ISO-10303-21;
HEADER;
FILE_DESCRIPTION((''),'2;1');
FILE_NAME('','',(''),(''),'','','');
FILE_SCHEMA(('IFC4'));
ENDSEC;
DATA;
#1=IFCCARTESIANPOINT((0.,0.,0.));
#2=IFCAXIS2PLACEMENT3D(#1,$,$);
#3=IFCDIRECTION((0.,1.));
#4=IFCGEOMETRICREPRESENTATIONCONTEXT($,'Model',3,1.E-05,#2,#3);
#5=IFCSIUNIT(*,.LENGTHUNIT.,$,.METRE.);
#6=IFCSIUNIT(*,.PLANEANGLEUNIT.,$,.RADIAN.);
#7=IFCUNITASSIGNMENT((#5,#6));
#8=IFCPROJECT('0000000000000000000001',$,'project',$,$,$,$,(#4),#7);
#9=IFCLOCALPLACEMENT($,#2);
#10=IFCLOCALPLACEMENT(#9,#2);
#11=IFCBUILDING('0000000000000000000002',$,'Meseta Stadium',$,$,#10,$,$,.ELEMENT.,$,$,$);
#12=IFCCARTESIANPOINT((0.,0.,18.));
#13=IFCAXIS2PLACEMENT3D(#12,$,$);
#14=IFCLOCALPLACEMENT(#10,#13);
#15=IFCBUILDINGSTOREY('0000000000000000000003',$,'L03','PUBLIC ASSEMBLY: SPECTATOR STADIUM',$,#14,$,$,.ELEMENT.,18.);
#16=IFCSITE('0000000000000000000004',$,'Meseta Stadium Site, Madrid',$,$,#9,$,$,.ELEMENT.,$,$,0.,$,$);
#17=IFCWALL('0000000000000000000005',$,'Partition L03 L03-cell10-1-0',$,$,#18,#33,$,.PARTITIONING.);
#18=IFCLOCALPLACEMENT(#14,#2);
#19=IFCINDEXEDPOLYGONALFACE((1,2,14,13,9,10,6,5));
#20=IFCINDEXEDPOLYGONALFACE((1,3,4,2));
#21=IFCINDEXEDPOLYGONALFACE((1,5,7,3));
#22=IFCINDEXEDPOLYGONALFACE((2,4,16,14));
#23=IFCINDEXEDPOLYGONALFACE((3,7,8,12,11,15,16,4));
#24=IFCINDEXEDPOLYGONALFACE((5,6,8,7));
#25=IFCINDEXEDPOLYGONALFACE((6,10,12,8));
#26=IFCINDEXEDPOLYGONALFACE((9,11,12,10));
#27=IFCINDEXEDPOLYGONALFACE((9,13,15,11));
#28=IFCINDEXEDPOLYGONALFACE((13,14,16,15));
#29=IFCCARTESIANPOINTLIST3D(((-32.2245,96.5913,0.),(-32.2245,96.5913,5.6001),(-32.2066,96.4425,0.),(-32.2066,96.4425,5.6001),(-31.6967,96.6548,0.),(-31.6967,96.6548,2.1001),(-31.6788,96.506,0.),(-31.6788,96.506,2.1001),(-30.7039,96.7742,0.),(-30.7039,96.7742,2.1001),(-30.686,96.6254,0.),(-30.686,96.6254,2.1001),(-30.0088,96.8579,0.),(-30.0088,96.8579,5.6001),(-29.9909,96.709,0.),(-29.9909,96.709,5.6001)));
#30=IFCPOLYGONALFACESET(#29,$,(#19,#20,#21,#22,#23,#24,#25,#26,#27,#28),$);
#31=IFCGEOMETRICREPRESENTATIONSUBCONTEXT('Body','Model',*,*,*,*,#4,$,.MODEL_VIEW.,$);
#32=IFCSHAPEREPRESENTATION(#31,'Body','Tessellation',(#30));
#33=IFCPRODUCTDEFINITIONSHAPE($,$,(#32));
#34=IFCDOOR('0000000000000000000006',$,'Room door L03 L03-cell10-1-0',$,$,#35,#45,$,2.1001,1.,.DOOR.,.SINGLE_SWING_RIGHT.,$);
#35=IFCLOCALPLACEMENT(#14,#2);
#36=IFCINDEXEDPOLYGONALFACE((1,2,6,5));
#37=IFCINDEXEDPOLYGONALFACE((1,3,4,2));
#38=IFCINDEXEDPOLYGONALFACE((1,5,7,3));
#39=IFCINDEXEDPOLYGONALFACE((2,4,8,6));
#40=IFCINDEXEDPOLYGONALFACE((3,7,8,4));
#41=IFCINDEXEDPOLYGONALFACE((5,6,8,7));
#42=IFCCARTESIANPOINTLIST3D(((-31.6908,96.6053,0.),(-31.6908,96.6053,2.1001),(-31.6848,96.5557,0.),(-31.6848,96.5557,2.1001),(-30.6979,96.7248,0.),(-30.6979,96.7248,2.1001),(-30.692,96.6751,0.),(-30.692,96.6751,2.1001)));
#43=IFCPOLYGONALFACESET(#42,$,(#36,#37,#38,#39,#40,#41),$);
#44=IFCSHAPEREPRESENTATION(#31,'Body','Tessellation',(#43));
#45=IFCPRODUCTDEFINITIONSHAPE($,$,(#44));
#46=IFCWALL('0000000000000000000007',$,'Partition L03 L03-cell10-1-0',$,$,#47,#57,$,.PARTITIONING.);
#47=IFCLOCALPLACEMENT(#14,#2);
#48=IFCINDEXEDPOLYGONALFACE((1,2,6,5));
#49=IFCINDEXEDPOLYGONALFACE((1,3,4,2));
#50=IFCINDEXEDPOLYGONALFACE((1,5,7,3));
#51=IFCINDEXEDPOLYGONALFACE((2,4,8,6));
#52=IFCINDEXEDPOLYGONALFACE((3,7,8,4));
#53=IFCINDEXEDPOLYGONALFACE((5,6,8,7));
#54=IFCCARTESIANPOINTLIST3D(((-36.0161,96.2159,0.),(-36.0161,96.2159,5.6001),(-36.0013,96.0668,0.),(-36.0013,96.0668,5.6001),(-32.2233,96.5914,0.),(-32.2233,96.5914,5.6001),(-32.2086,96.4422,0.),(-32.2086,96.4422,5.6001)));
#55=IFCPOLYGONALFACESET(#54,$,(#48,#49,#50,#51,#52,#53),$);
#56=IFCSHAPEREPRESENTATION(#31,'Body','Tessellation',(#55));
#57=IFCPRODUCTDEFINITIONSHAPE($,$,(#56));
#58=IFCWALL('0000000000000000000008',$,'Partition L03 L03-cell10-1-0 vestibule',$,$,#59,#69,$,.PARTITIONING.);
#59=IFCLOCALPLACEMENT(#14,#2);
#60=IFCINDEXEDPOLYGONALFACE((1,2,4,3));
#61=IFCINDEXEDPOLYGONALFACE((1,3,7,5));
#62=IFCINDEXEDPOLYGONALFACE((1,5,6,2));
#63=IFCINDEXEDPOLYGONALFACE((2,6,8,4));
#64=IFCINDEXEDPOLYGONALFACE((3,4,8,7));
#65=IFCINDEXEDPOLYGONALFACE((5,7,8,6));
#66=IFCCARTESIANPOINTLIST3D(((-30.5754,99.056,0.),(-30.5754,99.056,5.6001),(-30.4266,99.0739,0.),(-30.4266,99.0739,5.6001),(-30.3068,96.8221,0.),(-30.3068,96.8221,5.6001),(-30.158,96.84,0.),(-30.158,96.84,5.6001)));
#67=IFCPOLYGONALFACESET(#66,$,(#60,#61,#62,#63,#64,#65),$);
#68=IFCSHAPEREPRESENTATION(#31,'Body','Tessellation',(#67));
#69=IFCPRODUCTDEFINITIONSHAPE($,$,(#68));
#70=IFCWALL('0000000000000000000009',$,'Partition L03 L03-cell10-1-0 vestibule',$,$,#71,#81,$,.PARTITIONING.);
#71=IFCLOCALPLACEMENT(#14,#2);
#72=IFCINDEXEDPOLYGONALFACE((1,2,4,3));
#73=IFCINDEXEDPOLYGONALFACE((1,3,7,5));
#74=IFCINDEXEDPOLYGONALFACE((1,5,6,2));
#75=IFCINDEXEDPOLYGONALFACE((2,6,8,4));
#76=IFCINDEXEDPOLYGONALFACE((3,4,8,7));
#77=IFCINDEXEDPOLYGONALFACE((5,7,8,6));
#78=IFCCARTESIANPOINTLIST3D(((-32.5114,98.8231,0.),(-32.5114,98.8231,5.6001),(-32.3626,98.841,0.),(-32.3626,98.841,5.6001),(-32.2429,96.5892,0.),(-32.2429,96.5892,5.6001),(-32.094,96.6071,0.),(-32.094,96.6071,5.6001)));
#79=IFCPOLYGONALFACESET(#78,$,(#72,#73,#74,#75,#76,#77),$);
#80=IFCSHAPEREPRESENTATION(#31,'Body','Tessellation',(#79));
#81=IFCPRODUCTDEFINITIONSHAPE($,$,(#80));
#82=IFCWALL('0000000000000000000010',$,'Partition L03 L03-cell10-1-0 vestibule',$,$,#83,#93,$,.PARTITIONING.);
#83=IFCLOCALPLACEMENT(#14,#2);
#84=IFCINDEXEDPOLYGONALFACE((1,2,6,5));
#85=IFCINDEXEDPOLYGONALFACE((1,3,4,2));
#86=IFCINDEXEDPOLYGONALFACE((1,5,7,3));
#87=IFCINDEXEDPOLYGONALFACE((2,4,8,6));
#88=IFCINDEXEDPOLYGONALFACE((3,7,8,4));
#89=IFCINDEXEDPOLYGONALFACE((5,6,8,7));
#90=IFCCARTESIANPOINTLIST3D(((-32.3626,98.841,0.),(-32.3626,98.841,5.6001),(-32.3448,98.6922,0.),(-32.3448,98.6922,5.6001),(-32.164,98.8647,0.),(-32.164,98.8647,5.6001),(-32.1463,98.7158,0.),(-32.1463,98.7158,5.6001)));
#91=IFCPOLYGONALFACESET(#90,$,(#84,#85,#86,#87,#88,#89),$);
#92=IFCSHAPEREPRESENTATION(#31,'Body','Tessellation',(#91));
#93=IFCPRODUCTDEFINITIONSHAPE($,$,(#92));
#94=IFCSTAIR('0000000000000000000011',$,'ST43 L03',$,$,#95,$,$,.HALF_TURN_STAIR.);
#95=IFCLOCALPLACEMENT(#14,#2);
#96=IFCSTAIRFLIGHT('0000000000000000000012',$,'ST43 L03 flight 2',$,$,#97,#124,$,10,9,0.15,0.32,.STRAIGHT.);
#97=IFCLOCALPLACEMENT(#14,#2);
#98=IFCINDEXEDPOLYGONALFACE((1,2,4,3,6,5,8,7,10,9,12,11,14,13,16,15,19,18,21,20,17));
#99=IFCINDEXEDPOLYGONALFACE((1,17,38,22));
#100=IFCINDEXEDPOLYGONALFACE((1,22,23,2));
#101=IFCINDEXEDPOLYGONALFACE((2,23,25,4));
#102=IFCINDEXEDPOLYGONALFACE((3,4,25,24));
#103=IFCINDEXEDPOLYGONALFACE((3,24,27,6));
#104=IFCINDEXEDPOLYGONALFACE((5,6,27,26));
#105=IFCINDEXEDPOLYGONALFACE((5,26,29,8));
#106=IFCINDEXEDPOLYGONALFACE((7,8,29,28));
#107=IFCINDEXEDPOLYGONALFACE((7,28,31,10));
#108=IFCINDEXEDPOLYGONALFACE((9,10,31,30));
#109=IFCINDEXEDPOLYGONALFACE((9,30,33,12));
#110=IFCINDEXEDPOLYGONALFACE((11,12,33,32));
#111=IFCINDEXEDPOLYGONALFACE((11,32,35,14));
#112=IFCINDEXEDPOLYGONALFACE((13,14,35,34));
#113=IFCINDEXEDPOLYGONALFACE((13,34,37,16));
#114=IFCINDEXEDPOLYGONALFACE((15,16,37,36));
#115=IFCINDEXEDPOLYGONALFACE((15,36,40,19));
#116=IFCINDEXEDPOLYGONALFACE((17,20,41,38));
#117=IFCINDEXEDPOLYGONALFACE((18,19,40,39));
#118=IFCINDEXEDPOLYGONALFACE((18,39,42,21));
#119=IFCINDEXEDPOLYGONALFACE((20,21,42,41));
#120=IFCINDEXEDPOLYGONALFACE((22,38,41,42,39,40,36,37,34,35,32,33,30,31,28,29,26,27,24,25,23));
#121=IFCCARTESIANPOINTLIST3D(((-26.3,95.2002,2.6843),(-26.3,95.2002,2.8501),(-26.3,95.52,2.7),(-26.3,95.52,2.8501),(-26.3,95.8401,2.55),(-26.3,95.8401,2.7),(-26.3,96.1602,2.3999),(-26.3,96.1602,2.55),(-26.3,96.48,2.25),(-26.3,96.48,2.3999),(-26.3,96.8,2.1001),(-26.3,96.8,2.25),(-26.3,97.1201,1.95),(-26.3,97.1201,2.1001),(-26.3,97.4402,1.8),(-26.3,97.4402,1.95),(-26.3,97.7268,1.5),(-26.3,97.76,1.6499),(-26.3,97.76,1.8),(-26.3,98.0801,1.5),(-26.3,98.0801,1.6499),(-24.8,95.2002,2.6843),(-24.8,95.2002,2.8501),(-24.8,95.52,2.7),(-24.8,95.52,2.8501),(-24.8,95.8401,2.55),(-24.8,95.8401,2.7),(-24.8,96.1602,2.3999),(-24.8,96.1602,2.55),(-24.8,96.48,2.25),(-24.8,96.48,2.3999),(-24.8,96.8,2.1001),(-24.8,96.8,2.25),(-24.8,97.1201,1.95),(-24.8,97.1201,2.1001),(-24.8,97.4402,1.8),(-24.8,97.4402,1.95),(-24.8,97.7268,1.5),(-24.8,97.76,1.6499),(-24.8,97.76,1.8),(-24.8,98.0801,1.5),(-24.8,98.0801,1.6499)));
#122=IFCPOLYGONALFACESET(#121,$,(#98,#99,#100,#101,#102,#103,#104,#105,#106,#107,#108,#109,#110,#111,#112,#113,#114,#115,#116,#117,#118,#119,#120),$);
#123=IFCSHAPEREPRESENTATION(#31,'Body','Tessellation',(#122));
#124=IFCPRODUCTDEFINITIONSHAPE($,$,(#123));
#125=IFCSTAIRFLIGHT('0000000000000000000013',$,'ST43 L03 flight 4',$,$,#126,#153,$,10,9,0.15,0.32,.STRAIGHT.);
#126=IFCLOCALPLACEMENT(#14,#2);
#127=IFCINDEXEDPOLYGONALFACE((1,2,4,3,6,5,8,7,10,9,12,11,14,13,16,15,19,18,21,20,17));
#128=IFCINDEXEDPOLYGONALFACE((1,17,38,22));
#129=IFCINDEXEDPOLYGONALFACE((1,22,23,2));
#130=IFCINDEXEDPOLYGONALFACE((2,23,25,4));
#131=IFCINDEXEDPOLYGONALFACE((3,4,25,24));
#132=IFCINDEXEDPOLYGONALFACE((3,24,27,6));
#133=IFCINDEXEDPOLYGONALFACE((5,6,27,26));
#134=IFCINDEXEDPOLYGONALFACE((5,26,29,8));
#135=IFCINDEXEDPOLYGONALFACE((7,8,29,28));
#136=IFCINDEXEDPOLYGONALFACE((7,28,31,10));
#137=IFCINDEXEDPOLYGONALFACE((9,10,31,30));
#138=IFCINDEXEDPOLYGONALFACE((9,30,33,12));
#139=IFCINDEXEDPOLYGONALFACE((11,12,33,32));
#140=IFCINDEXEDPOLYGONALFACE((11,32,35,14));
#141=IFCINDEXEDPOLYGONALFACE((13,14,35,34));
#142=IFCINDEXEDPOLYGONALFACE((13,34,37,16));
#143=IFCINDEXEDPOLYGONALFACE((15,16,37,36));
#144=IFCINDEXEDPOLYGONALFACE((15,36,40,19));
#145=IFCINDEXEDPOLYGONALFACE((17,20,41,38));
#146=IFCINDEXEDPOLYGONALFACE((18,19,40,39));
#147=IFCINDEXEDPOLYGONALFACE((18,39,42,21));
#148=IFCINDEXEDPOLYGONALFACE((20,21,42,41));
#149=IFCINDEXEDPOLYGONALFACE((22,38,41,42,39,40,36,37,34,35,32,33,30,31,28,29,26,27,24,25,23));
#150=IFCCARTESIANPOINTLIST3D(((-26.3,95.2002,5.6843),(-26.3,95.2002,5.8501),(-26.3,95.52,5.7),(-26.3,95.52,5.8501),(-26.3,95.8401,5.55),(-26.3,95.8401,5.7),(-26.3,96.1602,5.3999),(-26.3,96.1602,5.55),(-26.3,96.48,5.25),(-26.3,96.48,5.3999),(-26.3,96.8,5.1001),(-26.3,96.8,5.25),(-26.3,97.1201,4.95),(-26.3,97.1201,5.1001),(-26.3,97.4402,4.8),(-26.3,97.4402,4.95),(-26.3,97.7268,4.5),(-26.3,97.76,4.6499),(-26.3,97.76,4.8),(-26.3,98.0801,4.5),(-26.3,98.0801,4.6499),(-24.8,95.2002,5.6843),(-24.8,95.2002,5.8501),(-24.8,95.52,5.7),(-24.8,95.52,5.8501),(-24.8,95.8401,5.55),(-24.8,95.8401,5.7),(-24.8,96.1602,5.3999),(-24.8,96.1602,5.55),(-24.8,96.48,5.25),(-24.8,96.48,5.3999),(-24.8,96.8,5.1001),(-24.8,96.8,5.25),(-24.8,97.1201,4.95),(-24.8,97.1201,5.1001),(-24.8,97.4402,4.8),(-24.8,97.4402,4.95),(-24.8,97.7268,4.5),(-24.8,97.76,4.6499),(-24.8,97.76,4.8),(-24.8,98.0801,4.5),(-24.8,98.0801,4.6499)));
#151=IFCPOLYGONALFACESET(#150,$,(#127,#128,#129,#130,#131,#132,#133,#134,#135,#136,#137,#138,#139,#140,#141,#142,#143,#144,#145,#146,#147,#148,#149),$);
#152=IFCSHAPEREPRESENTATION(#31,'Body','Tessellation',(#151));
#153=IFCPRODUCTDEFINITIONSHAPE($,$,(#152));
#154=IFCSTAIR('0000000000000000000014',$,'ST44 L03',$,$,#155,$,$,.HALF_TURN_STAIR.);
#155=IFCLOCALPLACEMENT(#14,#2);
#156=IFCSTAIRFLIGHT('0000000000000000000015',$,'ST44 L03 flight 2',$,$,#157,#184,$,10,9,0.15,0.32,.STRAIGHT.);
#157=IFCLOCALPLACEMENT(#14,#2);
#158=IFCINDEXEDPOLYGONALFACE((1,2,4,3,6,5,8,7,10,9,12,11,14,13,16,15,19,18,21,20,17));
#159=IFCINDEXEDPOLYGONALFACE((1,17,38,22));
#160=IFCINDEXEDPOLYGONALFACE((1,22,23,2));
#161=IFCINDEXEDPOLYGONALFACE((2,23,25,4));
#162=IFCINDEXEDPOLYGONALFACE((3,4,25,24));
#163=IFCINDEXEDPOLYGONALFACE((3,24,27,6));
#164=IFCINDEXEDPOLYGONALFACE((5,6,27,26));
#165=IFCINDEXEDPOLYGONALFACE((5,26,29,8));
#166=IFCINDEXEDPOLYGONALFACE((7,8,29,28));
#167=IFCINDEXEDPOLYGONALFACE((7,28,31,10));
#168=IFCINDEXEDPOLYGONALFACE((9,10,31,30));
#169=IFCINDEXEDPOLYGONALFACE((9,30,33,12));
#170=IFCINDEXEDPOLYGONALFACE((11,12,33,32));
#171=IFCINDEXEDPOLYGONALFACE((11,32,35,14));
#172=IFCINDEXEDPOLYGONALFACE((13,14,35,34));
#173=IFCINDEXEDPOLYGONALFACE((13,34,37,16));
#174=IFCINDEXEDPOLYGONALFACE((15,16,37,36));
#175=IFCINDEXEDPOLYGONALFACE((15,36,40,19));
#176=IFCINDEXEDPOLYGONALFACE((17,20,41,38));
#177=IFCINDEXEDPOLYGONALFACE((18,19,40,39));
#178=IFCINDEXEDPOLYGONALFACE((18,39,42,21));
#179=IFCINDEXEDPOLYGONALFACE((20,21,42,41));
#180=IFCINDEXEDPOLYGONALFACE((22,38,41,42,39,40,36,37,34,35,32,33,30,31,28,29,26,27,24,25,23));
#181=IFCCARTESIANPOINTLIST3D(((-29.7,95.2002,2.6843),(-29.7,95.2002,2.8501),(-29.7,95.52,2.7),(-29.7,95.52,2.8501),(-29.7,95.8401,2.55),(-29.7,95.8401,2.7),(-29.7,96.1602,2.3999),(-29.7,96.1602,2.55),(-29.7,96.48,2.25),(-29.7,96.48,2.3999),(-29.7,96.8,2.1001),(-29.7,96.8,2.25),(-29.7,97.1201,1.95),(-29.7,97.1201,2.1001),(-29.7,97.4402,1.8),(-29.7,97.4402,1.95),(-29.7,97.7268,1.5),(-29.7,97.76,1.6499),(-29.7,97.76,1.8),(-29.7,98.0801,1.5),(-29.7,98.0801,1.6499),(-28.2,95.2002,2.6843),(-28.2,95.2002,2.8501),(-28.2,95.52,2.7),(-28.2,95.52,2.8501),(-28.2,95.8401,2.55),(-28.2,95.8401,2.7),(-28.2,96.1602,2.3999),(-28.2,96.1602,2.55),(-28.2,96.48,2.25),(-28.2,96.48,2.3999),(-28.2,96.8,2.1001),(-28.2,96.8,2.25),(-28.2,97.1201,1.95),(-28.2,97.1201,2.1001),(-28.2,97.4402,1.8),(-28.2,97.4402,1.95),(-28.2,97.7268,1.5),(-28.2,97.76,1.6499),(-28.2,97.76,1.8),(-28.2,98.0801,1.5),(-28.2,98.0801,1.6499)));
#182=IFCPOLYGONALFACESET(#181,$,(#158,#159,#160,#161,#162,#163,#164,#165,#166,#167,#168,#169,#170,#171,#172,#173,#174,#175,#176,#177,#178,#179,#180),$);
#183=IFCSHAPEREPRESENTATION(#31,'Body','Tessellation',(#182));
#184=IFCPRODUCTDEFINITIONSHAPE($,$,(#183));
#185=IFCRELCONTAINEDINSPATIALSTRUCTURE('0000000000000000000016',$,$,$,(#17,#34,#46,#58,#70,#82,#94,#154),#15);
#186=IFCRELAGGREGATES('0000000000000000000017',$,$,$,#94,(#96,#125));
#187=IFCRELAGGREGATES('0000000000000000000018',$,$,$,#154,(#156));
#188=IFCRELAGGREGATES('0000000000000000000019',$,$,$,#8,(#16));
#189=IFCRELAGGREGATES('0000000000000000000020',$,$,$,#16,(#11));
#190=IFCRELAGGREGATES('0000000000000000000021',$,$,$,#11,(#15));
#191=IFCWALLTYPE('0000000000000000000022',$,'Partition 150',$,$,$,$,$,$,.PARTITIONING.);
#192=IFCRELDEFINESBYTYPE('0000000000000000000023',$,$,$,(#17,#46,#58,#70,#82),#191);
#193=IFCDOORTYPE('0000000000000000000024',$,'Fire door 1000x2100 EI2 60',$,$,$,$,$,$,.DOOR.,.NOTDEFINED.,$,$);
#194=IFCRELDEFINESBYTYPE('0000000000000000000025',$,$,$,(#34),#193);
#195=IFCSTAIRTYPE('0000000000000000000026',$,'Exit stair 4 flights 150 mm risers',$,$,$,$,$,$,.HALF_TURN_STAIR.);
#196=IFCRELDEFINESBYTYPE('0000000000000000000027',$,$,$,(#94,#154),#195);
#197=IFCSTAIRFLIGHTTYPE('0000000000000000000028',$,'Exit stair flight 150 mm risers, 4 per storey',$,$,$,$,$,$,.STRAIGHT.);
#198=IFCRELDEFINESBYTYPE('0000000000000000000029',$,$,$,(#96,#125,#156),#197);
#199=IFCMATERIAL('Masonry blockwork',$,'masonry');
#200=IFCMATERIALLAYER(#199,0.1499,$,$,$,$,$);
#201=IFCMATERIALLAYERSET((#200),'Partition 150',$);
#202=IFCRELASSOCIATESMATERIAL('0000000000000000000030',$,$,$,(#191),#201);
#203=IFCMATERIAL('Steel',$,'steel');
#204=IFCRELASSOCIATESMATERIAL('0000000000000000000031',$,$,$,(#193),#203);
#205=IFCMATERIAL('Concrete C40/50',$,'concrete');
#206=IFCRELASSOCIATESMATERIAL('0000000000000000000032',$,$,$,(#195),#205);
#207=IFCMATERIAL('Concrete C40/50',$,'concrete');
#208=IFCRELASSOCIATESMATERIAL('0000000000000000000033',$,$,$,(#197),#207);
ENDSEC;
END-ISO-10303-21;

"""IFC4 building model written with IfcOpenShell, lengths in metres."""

from ifc_helpers import new_model, si_unit, direction, frame, frame_2d, origin, place, context, subcontext, project, spatial, polyline, rectangle, outline, extrude, material, layer, layer_set, type_object, element, fill, aggregate, save


model = new_model("IFC4")

# Units and contexts
model_context = context("Model", 3, precision=1e-05, world=origin(), true_north=direction((0.0, 1.0)))
body_context = subcontext(model_context, "Body", "Model", "MODEL_VIEW")
ifc_project = project(units=[si_unit("LENGTHUNIT", "METRE"), si_unit("PLANEANGLEUNIT", "RADIAN")], contexts=[model_context])

# Site, building, storey
site_placement = place(None, origin())
site = spatial("IfcSite", under=ifc_project, at=site_placement, Name="Meseta Stadium Site, Madrid", CompositionType="ELEMENT", RefElevation=0.0)
building_placement = place(site_placement, origin())
building = spatial("IfcBuilding", under=site, at=building_placement, Name="Meseta Stadium", CompositionType="ELEMENT")
storey_placement = place(building_placement, frame((0.0, 0.0, 18.0)))
storey = spatial("IfcBuildingStorey", under=building, at=storey_placement, Name="L03", Description="PUBLIC ASSEMBLY: SPECTATOR STADIUM", CompositionType="ELEMENT", Elevation=18.0)

# Wall, opening, door
ifc_material_1 = material(Name="Masonry blockwork", Category="masonry")
ifc_layer = layer(ifc_material_1, 0.1499)
ifc_layer_set = layer_set([ifc_layer], Name="Partition 150")
wall_type = type_object("IfcWallType", Name="Partition 150", PredefinedType="PARTITIONING", material=ifc_layer_set)
wall_1_placement = place(storey_placement, frame((-30.0, 96.7834, 0.0), z_axis=(0.0, 0.0, 1.0), x_axis=(-0.99284, -0.119456, 0.0)))
wall_1 = element("IfcWall", 1, at=wall_1_placement, inside=storey, type_object=wall_type, Name="Partition L03 L03-cell10-1-0", PredefinedType="PARTITIONING", context=body_context, shape_type="SweptSolid", body=[
    extrude(rectangle(XDim=2.2317, YDim=0.1499, at=frame_2d((1.1157, 0.0))), origin(), (0.0, 0.0, 1.0), 5.6001),
])
opening_placement = place(wall_1_placement, frame((0.7, 0.0, 0.0)))
opening = element("IfcOpeningElement", 2, at=opening_placement, cuts=wall_1, PredefinedType="OPENING", context=body_context, shape_type="SweptSolid", body=[
    extrude(rectangle(XDim=1.0, YDim=2.1001, at=frame_2d((0.5, 1.05))), frame((0.0, 0.085, 0.0), z_axis=(0.0, -1.0, 0.0), x_axis=(1.0, 0.0, 0.0)), (0.0, 0.0, 1.0), 0.1699),
])
ifc_material_2 = material(Name="Steel", Category="steel")
door_type = type_object("IfcDoorType", Name="Fire door 1000x2100 EI2 60", OperationType="NOTDEFINED", PredefinedType="DOOR", material=ifc_material_2)
door_placement = place(opening_placement, origin())
door = element("IfcDoor", 3, at=door_placement, inside=storey, type_object=door_type, Name="Room door L03 L03-cell10-1-0", OperationType="SINGLE_SWING_RIGHT", OverallHeight=2.1001, OverallWidth=1.0, PredefinedType="DOOR", context=body_context, shape_type="SweptSolid", body=[
    extrude(rectangle(XDim=1.0, YDim=2.1001, at=frame_2d((0.5, 1.05))), frame((0.0, 0.0249, 0.0), z_axis=(0.0, -1.0, 0.0), x_axis=(1.0, 0.0, 0.0)), (0.0, 0.0, 1.0), 0.05),
])
fill(opening, door)

# Walls
wall_2_placement = place(storey_placement, frame((-32.2158, 96.5168, 0.0), z_axis=(0.0, 0.0, 1.0), x_axis=(-0.995135, -0.098521, 0.0)))
element("IfcWall", 4, at=wall_2_placement, inside=storey, type_object=wall_type, Name="Partition L03 L03-cell10-1-0", PredefinedType="PARTITIONING", context=body_context, shape_type="SweptSolid", body=[
    extrude(rectangle(XDim=3.8113, YDim=0.1499, at=frame_2d((1.9058, 0.0))), origin(), (0.0, 0.0, 1.0), 5.6001),
])
for number, where, z_axis, x_axis, name in (
    (5, (-30.2324, 96.8311, 0.0), (0.0, 0.0, 1.0), (-0.119359, 0.992851, 0.0), "Partition L03 L03-cell10-1-0 vestibule"),
    (6, (-32.1685, 96.5981, 0.0), (0.0, 0.0, 1.0), (-0.119359, 0.992851, 0.0), "Partition L03 L03-cell10-1-0 vestibule"),
):
    element("IfcWall", number, at=place(storey_placement, frame(where, z_axis=z_axis, x_axis=x_axis)), inside=storey, type_object=wall_type, Name=name, PredefinedType="PARTITIONING", context=body_context, shape_type="SweptSolid", body=[
        extrude(rectangle(XDim=2.25, YDim=0.1499, at=frame_2d((1.125, 0.0))), origin(), (0.0, 0.0, 1.0), 5.6001),
    ])
wall_3_placement = place(storey_placement, frame((-32.155, 98.7903, 0.0), z_axis=(0.0, 0.0, 1.0), x_axis=(-0.992958, -0.118471, 0.0)))
element("IfcWall", 7, at=wall_3_placement, inside=storey, type_object=wall_type, Name="Partition L03 L03-cell10-1-0 vestibule", PredefinedType="PARTITIONING", context=body_context, shape_type="SweptSolid", body=[
    extrude(rectangle(XDim=0.2, YDim=0.1499, at=frame_2d((0.1001, 0.0))), origin(), (0.0, 0.0, 1.0), 5.6001),
])

# Stairs, stair flights
ifc_material_3 = material(Name="Concrete C40/50", Category="concrete")
stair_type = type_object("IfcStairType", Name="Exit stair 4 flights 150 mm risers", PredefinedType="HALF_TURN_STAIR", material=ifc_material_3)
stair_1_placement = place(storey_placement, origin())
stair_1 = element("IfcStair", 8, at=stair_1_placement, inside=storey, type_object=stair_type, Name="ST43 L03", PredefinedType="HALF_TURN_STAIR")
ifc_material_4 = material(Name="Concrete C40/50", Category="concrete")
stair_flight_type = type_object("IfcStairFlightType", Name="Exit stair flight 150 mm risers, 4 per storey", PredefinedType="STRAIGHT", material=ifc_material_4)
stair_flight_1_placement = place(storey_placement, frame((-25.55, 98.0801, 1.5), z_axis=(0.0, 0.0, 1.0), x_axis=(0.0, -1.0, 0.0)))
stair_flight_1 = element("IfcStairFlight", 9, at=stair_flight_1_placement, type_object=stair_flight_type, Name="ST43 L03 flight 2", NumberOfRisers=10, NumberOfTreads=9, PredefinedType="STRAIGHT", RiserHeight=0.15, TreadLength=0.32, context=body_context, shape_type="SweptSolid", body=[
    extrude(outline(polyline([(0.0, 0.0), (0.0, 0.1499), (0.3201, 0.1499), (0.3201, 0.3), (0.6399, 0.3), (0.6399, 0.45), (0.96, 0.45), (0.96, 0.6001), (1.28, 0.6001), (1.28, 0.75), (1.6001, 0.75), (1.6001, 0.8999), (1.9199, 0.8999), (1.9199, 1.05), (2.24, 1.05), (2.24, 1.2), (2.5601, 1.2), (2.5601, 1.3501), (2.8799, 1.3501), (2.8799, 1.1843), (0.3533, 0.0), (0.0, 0.0)])), frame((0.0, 0.75, 0.0), z_axis=(0.0, -1.0, 0.0), x_axis=(1.0, 0.0, 0.0)), (0.0, 0.0, 1.0), 1.5),
])
stair_flight_2_placement = place(storey_placement, frame((-25.55, 98.0801, 4.5), z_axis=(0.0, 0.0, 1.0), x_axis=(0.0, -1.0, 0.0)))
stair_flight_2 = element("IfcStairFlight", 10, at=stair_flight_2_placement, type_object=stair_flight_type, Name="ST43 L03 flight 4", NumberOfRisers=10, NumberOfTreads=9, PredefinedType="STRAIGHT", RiserHeight=0.15, TreadLength=0.32, context=body_context, shape_type="SweptSolid", body=[
    extrude(outline(polyline([(0.0, 0.0), (0.0, 0.1499), (0.3201, 0.1499), (0.3201, 0.3), (0.6399, 0.3), (0.6399, 0.45), (0.96, 0.45), (0.96, 0.6001), (1.28, 0.6001), (1.28, 0.75), (1.6001, 0.75), (1.6001, 0.8999), (1.9199, 0.8999), (1.9199, 1.05), (2.24, 1.05), (2.24, 1.2), (2.5601, 1.2), (2.5601, 1.3501), (2.8799, 1.3501), (2.8799, 1.1843), (0.3533, 0.0), (0.0, 0.0)])), frame((0.0, 0.75, 0.0), z_axis=(0.0, -1.0, 0.0), x_axis=(1.0, 0.0, 0.0)), (0.0, 0.0, 1.0), 1.5),
])
aggregate(stair_1, [stair_flight_1, stair_flight_2])
stair_2_placement = place(storey_placement, origin())
stair_2 = element("IfcStair", 11, at=stair_2_placement, inside=storey, type_object=stair_type, Name="ST44 L03", PredefinedType="HALF_TURN_STAIR")
stair_flight_3_placement = place(storey_placement, frame((-28.95, 98.0801, 1.5), z_axis=(0.0, 0.0, 1.0), x_axis=(0.0, -1.0, 0.0)))
stair_flight_3 = element("IfcStairFlight", 12, at=stair_flight_3_placement, type_object=stair_flight_type, Name="ST44 L03 flight 2", NumberOfRisers=10, NumberOfTreads=9, PredefinedType="STRAIGHT", RiserHeight=0.15, TreadLength=0.32, context=body_context, shape_type="SweptSolid", body=[
    extrude(outline(polyline([(0.0, 0.0), (0.0, 0.1499), (0.3201, 0.1499), (0.3201, 0.3), (0.6399, 0.3), (0.6399, 0.45), (0.96, 0.45), (0.96, 0.6001), (1.28, 0.6001), (1.28, 0.75), (1.6001, 0.75), (1.6001, 0.8999), (1.9199, 0.8999), (1.9199, 1.05), (2.24, 1.05), (2.24, 1.2), (2.5601, 1.2), (2.5601, 1.3501), (2.8799, 1.3501), (2.8799, 1.1843), (0.3533, 0.0), (0.0, 0.0)])), frame((0.0, 0.75, 0.0), z_axis=(0.0, -1.0, 0.0), x_axis=(1.0, 0.0, 0.0)), (0.0, 0.0, 1.0), 1.5),
])
aggregate(stair_2, [stair_flight_3])

save(model, "model.ifc")
